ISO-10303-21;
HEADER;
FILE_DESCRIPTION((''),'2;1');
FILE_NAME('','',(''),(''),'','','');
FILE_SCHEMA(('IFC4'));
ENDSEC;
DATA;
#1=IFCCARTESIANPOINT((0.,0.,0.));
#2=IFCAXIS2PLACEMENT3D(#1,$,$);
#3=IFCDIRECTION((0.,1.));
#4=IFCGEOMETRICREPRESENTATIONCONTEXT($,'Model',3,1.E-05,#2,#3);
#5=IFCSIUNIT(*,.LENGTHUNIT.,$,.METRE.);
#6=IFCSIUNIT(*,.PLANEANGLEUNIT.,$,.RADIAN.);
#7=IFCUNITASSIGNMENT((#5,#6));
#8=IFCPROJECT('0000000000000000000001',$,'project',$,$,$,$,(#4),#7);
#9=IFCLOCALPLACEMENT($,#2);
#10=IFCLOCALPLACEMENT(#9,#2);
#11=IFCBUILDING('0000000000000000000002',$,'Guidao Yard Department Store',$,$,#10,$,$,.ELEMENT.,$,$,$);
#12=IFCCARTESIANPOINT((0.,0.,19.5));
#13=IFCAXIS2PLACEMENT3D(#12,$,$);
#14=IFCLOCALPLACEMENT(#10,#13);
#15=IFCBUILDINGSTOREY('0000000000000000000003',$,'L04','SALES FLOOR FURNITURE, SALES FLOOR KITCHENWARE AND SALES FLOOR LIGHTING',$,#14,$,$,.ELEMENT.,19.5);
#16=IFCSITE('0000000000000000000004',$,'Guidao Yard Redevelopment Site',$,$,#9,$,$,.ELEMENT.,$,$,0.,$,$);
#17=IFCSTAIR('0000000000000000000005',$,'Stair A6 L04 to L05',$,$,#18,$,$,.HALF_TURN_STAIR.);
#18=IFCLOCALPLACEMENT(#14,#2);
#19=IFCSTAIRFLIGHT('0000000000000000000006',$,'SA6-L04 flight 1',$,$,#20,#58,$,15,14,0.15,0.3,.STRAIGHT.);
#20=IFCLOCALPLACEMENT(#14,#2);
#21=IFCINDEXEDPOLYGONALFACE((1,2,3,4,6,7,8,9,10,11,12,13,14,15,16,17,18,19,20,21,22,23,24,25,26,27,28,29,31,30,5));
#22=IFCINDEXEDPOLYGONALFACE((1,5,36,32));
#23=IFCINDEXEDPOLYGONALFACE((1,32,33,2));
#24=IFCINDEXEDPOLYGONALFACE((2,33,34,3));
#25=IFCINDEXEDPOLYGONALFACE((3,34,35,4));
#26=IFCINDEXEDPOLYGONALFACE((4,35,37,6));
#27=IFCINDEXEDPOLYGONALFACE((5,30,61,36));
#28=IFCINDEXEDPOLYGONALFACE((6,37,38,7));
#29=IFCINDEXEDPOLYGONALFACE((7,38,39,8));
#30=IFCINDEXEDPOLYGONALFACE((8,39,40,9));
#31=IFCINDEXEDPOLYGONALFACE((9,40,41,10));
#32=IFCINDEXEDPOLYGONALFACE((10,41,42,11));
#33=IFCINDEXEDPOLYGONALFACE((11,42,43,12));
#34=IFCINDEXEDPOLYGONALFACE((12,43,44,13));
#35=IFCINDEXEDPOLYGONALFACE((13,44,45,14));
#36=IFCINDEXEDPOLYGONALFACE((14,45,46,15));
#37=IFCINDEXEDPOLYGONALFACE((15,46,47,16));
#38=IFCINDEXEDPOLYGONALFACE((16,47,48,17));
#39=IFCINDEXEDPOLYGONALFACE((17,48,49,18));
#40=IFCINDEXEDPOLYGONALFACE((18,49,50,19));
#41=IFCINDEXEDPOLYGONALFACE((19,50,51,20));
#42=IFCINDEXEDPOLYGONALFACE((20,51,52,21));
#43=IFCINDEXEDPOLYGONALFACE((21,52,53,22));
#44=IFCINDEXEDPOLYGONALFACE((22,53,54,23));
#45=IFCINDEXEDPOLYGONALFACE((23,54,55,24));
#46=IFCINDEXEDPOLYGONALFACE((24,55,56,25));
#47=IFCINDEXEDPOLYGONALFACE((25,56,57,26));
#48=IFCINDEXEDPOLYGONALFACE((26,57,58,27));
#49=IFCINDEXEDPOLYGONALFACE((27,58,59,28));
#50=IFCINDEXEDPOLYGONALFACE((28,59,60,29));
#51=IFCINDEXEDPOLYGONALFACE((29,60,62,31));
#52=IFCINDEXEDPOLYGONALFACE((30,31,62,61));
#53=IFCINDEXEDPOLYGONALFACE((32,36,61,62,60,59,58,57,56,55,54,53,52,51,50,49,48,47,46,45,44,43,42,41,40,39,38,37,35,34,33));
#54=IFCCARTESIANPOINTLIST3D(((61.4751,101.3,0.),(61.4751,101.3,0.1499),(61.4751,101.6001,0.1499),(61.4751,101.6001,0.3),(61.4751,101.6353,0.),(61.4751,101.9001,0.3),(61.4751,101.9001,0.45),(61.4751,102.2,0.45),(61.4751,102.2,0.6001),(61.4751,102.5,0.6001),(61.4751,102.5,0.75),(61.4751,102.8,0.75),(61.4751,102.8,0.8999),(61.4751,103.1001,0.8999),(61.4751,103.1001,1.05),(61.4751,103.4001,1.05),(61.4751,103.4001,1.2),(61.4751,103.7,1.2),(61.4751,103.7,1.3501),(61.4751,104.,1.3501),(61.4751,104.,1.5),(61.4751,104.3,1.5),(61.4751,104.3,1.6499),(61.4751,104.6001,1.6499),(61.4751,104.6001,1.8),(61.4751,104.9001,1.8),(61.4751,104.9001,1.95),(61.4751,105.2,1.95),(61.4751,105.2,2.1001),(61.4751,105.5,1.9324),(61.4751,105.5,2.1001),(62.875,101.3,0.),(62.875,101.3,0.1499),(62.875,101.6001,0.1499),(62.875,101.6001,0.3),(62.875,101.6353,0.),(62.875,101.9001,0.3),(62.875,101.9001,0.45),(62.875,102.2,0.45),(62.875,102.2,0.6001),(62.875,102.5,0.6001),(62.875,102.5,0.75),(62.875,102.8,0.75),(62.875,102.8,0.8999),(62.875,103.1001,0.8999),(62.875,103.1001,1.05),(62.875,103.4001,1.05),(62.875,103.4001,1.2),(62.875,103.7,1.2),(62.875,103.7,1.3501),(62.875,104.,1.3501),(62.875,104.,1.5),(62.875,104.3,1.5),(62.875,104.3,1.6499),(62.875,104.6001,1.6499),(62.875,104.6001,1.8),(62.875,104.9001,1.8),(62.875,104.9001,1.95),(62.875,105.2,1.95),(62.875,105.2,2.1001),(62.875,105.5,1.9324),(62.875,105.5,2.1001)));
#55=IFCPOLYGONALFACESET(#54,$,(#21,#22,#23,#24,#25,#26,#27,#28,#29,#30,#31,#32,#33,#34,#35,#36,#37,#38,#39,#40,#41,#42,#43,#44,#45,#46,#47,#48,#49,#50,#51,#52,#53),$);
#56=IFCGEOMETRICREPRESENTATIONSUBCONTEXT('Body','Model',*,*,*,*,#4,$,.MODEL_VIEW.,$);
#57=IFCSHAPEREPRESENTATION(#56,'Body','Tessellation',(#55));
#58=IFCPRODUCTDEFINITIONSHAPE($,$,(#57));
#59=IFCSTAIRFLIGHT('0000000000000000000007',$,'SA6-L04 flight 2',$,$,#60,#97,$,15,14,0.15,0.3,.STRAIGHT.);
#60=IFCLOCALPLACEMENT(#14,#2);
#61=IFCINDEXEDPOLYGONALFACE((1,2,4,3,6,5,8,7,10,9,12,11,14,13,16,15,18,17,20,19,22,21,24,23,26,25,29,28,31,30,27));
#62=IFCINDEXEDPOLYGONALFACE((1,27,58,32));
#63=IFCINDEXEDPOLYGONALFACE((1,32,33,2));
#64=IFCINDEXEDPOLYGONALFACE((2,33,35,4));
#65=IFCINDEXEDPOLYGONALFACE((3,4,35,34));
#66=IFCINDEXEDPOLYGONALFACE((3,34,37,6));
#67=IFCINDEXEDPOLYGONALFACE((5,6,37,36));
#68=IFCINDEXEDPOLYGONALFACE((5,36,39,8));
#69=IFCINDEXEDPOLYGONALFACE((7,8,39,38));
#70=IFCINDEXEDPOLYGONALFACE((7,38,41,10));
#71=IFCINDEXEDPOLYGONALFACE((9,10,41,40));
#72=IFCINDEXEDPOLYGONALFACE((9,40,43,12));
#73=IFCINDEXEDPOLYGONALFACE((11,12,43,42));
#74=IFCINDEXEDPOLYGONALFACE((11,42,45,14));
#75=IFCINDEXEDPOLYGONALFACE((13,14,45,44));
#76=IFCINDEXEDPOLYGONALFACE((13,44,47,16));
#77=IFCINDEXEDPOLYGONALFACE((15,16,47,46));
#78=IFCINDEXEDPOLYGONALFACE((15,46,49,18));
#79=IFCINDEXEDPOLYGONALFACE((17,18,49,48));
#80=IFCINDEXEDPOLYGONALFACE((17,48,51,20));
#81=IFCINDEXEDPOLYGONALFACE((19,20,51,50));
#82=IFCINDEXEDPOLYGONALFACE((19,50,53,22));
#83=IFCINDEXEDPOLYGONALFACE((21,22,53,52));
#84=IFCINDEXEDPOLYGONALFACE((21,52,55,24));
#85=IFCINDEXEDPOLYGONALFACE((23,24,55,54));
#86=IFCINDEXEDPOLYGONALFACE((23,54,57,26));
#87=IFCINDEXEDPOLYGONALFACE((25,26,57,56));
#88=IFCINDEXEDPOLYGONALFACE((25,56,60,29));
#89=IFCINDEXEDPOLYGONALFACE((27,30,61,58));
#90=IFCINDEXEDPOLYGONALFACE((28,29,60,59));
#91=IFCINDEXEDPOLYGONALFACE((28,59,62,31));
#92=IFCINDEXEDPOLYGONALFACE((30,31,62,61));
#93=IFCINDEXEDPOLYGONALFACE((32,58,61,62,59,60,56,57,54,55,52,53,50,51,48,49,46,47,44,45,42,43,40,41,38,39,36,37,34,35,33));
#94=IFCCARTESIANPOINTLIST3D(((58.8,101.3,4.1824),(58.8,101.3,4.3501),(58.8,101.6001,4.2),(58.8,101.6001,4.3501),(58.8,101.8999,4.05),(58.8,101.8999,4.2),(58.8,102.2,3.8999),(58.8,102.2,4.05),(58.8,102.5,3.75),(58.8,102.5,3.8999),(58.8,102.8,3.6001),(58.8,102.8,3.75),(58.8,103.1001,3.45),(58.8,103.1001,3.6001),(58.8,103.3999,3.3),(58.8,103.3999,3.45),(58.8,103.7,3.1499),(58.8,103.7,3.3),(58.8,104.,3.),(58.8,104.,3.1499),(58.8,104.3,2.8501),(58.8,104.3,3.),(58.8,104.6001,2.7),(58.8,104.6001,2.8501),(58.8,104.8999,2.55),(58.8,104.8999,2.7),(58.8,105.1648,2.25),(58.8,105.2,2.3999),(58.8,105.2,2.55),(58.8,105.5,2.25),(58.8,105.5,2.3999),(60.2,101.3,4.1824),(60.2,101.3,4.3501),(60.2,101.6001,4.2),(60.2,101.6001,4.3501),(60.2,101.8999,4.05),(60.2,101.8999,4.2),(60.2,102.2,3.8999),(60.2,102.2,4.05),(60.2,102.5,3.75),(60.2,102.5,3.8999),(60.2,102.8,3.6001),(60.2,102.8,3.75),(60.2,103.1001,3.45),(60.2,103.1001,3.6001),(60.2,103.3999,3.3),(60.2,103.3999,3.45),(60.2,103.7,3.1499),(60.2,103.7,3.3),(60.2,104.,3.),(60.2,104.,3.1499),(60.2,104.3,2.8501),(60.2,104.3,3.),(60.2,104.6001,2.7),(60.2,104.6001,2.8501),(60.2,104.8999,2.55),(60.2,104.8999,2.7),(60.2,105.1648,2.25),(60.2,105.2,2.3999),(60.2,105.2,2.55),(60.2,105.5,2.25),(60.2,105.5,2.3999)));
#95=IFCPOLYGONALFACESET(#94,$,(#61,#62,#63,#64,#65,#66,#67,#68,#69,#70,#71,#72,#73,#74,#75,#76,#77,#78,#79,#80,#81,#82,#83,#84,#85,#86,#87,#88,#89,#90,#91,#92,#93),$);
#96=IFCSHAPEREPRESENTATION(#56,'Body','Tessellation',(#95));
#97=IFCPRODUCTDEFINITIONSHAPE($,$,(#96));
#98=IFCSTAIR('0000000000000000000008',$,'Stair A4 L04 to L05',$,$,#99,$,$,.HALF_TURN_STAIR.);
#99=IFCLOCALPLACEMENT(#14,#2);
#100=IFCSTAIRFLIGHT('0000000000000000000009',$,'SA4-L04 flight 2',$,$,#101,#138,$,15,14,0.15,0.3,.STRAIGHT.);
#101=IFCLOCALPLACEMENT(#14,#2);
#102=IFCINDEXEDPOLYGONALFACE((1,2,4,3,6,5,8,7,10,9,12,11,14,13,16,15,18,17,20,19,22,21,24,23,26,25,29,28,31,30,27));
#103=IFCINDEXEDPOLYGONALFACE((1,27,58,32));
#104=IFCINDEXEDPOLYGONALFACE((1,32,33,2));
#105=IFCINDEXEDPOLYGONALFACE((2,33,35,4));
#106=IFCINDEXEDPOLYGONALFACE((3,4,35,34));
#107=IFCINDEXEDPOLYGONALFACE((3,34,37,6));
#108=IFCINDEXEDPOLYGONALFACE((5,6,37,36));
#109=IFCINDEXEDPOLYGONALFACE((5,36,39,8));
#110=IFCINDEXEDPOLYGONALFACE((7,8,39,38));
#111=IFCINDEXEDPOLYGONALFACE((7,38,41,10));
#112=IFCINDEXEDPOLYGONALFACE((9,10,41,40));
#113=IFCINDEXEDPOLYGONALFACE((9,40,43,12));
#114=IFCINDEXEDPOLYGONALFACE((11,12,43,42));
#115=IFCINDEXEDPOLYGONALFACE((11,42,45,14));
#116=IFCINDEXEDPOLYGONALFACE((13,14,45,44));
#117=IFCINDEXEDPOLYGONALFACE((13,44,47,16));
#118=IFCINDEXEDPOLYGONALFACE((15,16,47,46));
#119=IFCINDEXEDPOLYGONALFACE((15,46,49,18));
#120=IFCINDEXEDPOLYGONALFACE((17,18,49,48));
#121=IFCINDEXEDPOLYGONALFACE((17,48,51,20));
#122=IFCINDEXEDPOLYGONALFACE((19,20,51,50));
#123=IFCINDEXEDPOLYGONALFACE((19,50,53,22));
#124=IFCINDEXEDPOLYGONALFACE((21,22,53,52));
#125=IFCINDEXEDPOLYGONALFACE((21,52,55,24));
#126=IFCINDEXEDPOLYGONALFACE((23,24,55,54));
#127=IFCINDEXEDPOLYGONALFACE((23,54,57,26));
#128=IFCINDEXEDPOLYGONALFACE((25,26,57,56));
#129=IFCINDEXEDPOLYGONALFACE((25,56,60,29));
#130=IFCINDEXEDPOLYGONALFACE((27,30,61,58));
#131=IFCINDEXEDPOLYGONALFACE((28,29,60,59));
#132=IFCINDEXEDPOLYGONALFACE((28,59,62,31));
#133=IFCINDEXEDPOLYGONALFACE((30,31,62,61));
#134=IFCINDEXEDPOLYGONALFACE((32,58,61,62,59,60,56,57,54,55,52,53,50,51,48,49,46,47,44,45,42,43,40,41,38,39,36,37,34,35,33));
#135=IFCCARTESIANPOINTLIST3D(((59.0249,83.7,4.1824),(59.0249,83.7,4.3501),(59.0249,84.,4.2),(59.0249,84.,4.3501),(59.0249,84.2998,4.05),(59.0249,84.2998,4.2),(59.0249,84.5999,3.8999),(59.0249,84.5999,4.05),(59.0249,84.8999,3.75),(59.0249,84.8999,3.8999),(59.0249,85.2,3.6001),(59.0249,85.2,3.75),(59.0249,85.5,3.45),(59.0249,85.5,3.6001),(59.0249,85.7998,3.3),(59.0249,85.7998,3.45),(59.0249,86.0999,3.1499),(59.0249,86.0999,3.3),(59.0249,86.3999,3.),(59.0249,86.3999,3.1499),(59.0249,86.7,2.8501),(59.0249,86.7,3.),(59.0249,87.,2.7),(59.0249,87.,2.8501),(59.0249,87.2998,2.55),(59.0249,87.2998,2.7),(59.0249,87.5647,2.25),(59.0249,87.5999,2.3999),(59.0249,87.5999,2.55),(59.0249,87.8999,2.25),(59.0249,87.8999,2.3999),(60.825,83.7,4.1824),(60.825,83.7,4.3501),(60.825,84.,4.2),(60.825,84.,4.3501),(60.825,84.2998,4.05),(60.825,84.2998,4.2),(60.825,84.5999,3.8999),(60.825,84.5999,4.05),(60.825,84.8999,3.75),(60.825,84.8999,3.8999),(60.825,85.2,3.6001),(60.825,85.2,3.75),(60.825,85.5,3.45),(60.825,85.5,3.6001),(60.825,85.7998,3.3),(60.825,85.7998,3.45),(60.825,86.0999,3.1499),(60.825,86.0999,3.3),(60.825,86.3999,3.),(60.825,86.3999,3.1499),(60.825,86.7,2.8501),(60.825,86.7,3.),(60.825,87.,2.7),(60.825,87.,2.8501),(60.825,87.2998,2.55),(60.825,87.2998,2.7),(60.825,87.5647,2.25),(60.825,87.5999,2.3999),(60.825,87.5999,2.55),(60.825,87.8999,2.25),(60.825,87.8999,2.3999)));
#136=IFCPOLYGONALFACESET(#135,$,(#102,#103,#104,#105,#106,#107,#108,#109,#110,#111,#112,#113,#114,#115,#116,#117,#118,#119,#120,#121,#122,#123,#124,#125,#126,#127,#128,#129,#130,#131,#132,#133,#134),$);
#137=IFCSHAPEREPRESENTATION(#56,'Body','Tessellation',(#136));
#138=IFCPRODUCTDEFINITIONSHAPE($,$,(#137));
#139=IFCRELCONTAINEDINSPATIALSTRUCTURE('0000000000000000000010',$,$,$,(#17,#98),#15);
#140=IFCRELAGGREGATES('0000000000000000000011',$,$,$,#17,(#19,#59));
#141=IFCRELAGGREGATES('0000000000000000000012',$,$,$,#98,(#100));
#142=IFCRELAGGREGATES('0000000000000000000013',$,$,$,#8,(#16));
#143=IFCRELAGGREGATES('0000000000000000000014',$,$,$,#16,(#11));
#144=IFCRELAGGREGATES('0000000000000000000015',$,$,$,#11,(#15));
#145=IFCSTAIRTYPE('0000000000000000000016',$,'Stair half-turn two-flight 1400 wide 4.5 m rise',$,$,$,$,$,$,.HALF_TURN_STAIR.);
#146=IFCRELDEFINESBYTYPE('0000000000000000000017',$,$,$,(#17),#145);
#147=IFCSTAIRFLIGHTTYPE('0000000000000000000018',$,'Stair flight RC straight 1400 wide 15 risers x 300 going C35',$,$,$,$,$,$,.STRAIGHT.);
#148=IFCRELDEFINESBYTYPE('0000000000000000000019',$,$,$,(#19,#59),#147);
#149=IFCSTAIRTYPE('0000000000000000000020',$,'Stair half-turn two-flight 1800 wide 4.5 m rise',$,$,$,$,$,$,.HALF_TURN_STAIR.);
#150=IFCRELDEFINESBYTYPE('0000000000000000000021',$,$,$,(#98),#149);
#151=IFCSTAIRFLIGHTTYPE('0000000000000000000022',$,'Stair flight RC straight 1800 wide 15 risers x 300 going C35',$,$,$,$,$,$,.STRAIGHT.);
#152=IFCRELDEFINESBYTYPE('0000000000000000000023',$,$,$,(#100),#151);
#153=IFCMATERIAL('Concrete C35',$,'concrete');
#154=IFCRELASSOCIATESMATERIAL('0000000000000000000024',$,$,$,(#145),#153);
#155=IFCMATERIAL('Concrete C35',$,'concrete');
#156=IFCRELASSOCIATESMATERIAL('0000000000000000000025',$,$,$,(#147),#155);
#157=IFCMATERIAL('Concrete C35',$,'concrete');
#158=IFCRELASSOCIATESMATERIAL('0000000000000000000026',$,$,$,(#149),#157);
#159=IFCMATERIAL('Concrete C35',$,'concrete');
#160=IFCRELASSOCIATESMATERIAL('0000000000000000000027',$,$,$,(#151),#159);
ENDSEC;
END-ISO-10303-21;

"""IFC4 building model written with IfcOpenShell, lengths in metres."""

from ifc_helpers import new_model, si_unit, direction, frame, origin, place, context, subcontext, project, spatial, polyline, outline, extrude, material, type_object, element, aggregate, save


model = new_model("IFC4")

# Units and contexts
model_context = context("Model", 3, precision=1e-05, world=origin(), true_north=direction((0.0, 1.0)))
body_context = subcontext(model_context, "Body", "Model", "MODEL_VIEW")
ifc_project = project(units=[si_unit("LENGTHUNIT", "METRE"), si_unit("PLANEANGLEUNIT", "RADIAN")], contexts=[model_context])

# Site, building, storey
site_placement = place(None, origin())
site = spatial("IfcSite", under=ifc_project, at=site_placement, Name="Guidao Yard Redevelopment Site", CompositionType="ELEMENT", RefElevation=0.0)
building_placement = place(site_placement, origin())
building = spatial("IfcBuilding", under=site, at=building_placement, Name="Guidao Yard Department Store", CompositionType="ELEMENT")
storey_placement = place(building_placement, frame((0.0, 0.0, 19.5)))
storey = spatial("IfcBuildingStorey", under=building, at=storey_placement, Name="L04", Description="SALES FLOOR FURNITURE, SALES FLOOR KITCHENWARE AND SALES FLOOR LIGHTING", CompositionType="ELEMENT", Elevation=19.5)

# Stair, stair flights
ifc_material_1 = material(Name="Concrete C35", Category="concrete")
stair_type_1 = type_object("IfcStairType", Name="Stair half-turn two-flight 1400 wide 4.5 m rise", PredefinedType="HALF_TURN_STAIR", material=ifc_material_1)
stair_1_placement = place(storey_placement, origin())
stair_1 = element("IfcStair", 1, at=stair_1_placement, inside=storey, type_object=stair_type_1, Name="Stair A6 L04 to L05", PredefinedType="HALF_TURN_STAIR")
ifc_material_2 = material(Name="Concrete C35", Category="concrete")
stair_flight_type_1 = type_object("IfcStairFlightType", Name="Stair flight RC straight 1400 wide 15 risers x 300 going C35", PredefinedType="STRAIGHT", material=ifc_material_2)
stair_flight_1_placement = place(storey_placement, frame((62.175, 101.3, 0.0), z_axis=(0.0, 0.0, 1.0), x_axis=(0.0, 1.0, 0.0)))
stair_flight_1 = element("IfcStairFlight", 2, at=stair_flight_1_placement, type_object=stair_flight_type_1, Name="SA6-L04 flight 1", NumberOfRisers=15, NumberOfTreads=14, PredefinedType="STRAIGHT", RiserHeight=0.15, TreadLength=0.3, context=body_context, shape_type="SweptSolid", body=[
    extrude(outline(polyline([(0.0, 0.0), (0.0, 0.1499), (0.3, 0.1499), (0.3, 0.3), (0.6001, 0.3), (0.6001, 0.45), (0.8999, 0.45), (0.8999, 0.6001), (1.2, 0.6001), (1.2, 0.75), (1.5, 0.75), (1.5, 0.8999), (1.8, 0.8999), (1.8, 1.05), (2.1001, 1.05), (2.1001, 1.2), (2.3999, 1.2), (2.3999, 1.3501), (2.7, 1.3501), (2.7, 1.5), (3.0, 1.5), (3.0, 1.6499), (3.3, 1.6499), (3.3, 1.8), (3.6001, 1.8), (3.6001, 1.95), (3.8999, 1.95), (3.8999, 2.1001), (4.2, 2.1001), (4.2, 2.25), (4.2, 1.9324), (0.3352, 0.0), (0.0, 0.0)])), frame((0.0, 0.7, 0.0), z_axis=(0.0, -1.0, 0.0), x_axis=(1.0, 0.0, 0.0)), (0.0, 0.0, 1.0), 1.3999),
])
stair_flight_2_placement = place(storey_placement, frame((59.5, 105.5, 2.25), z_axis=(0.0, 0.0, 1.0), x_axis=(0.0, -1.0, 0.0)))
stair_flight_2 = element("IfcStairFlight", 3, at=stair_flight_2_placement, type_object=stair_flight_type_1, Name="SA6-L04 flight 2", NumberOfRisers=15, NumberOfTreads=14, PredefinedType="STRAIGHT", RiserHeight=0.15, TreadLength=0.3, context=body_context, shape_type="SweptSolid", body=[
    extrude(outline(polyline([(0.0, 0.0), (0.0, 0.1499), (0.3, 0.1499), (0.3, 0.3), (0.6001, 0.3), (0.6001, 0.45), (0.8999, 0.45), (0.8999, 0.6001), (1.2, 0.6001), (1.2, 0.75), (1.5, 0.75), (1.5, 0.8999), (1.8, 0.8999), (1.8, 1.05), (2.1001, 1.05), (2.1001, 1.2), (2.3999, 1.2), (2.3999, 1.3501), (2.7, 1.3501), (2.7, 1.5), (3.0, 1.5), (3.0, 1.6499), (3.3, 1.6499), (3.3, 1.8), (3.6001, 1.8), (3.6001, 1.95), (3.8999, 1.95), (3.8999, 2.1001), (4.2, 2.1001), (4.2, 2.25), (4.2, 1.9324), (0.3352, 0.0), (0.0, 0.0)])), frame((0.0, 0.7, 0.0), z_axis=(0.0, -1.0, 0.0), x_axis=(1.0, 0.0, 0.0)), (0.0, 0.0, 1.0), 1.3999),
])
aggregate(stair_1, [stair_flight_1, stair_flight_2])

# Stair, stair flight
ifc_material_3 = material(Name="Concrete C35", Category="concrete")
stair_type_2 = type_object("IfcStairType", Name="Stair half-turn two-flight 1800 wide 4.5 m rise", PredefinedType="HALF_TURN_STAIR", material=ifc_material_3)
stair_2_placement = place(storey_placement, origin())
stair_2 = element("IfcStair", 4, at=stair_2_placement, inside=storey, type_object=stair_type_2, Name="Stair A4 L04 to L05", PredefinedType="HALF_TURN_STAIR")
ifc_material_4 = material(Name="Concrete C35", Category="concrete")
stair_flight_type_2 = type_object("IfcStairFlightType", Name="Stair flight RC straight 1800 wide 15 risers x 300 going C35", PredefinedType="STRAIGHT", material=ifc_material_4)
stair_flight_3_placement = place(storey_placement, frame((59.925, 87.8999, 2.25), z_axis=(0.0, 0.0, 1.0), x_axis=(0.0, -1.0, 0.0)))
stair_flight_3 = element("IfcStairFlight", 5, at=stair_flight_3_placement, type_object=stair_flight_type_2, Name="SA4-L04 flight 2", NumberOfRisers=15, NumberOfTreads=14, PredefinedType="STRAIGHT", RiserHeight=0.15, TreadLength=0.3, context=body_context, shape_type="SweptSolid", body=[
    extrude(outline(polyline([(0.0, 0.0), (0.0, 0.1499), (0.3, 0.1499), (0.3, 0.3), (0.6001, 0.3), (0.6001, 0.45), (0.8999, 0.45), (0.8999, 0.6001), (1.2, 0.6001), (1.2, 0.75), (1.5, 0.75), (1.5, 0.8999), (1.8, 0.8999), (1.8, 1.05), (2.1001, 1.05), (2.1001, 1.2), (2.3999, 1.2), (2.3999, 1.3501), (2.7, 1.3501), (2.7, 1.5), (3.0, 1.5), (3.0, 1.6499), (3.3, 1.6499), (3.3, 1.8), (3.6001, 1.8), (3.6001, 1.95), (3.8999, 1.95), (3.8999, 2.1001), (4.2, 2.1001), (4.2, 2.25), (4.2, 1.9324), (0.3352, 0.0), (0.0, 0.0)])), frame((0.0, 0.8999, 0.0), z_axis=(0.0, -1.0, 0.0), x_axis=(1.0, 0.0, 0.0)), (0.0, 0.0, 1.0), 1.8),
])
aggregate(stair_2, [stair_flight_3])

save(model, "model.ifc")
